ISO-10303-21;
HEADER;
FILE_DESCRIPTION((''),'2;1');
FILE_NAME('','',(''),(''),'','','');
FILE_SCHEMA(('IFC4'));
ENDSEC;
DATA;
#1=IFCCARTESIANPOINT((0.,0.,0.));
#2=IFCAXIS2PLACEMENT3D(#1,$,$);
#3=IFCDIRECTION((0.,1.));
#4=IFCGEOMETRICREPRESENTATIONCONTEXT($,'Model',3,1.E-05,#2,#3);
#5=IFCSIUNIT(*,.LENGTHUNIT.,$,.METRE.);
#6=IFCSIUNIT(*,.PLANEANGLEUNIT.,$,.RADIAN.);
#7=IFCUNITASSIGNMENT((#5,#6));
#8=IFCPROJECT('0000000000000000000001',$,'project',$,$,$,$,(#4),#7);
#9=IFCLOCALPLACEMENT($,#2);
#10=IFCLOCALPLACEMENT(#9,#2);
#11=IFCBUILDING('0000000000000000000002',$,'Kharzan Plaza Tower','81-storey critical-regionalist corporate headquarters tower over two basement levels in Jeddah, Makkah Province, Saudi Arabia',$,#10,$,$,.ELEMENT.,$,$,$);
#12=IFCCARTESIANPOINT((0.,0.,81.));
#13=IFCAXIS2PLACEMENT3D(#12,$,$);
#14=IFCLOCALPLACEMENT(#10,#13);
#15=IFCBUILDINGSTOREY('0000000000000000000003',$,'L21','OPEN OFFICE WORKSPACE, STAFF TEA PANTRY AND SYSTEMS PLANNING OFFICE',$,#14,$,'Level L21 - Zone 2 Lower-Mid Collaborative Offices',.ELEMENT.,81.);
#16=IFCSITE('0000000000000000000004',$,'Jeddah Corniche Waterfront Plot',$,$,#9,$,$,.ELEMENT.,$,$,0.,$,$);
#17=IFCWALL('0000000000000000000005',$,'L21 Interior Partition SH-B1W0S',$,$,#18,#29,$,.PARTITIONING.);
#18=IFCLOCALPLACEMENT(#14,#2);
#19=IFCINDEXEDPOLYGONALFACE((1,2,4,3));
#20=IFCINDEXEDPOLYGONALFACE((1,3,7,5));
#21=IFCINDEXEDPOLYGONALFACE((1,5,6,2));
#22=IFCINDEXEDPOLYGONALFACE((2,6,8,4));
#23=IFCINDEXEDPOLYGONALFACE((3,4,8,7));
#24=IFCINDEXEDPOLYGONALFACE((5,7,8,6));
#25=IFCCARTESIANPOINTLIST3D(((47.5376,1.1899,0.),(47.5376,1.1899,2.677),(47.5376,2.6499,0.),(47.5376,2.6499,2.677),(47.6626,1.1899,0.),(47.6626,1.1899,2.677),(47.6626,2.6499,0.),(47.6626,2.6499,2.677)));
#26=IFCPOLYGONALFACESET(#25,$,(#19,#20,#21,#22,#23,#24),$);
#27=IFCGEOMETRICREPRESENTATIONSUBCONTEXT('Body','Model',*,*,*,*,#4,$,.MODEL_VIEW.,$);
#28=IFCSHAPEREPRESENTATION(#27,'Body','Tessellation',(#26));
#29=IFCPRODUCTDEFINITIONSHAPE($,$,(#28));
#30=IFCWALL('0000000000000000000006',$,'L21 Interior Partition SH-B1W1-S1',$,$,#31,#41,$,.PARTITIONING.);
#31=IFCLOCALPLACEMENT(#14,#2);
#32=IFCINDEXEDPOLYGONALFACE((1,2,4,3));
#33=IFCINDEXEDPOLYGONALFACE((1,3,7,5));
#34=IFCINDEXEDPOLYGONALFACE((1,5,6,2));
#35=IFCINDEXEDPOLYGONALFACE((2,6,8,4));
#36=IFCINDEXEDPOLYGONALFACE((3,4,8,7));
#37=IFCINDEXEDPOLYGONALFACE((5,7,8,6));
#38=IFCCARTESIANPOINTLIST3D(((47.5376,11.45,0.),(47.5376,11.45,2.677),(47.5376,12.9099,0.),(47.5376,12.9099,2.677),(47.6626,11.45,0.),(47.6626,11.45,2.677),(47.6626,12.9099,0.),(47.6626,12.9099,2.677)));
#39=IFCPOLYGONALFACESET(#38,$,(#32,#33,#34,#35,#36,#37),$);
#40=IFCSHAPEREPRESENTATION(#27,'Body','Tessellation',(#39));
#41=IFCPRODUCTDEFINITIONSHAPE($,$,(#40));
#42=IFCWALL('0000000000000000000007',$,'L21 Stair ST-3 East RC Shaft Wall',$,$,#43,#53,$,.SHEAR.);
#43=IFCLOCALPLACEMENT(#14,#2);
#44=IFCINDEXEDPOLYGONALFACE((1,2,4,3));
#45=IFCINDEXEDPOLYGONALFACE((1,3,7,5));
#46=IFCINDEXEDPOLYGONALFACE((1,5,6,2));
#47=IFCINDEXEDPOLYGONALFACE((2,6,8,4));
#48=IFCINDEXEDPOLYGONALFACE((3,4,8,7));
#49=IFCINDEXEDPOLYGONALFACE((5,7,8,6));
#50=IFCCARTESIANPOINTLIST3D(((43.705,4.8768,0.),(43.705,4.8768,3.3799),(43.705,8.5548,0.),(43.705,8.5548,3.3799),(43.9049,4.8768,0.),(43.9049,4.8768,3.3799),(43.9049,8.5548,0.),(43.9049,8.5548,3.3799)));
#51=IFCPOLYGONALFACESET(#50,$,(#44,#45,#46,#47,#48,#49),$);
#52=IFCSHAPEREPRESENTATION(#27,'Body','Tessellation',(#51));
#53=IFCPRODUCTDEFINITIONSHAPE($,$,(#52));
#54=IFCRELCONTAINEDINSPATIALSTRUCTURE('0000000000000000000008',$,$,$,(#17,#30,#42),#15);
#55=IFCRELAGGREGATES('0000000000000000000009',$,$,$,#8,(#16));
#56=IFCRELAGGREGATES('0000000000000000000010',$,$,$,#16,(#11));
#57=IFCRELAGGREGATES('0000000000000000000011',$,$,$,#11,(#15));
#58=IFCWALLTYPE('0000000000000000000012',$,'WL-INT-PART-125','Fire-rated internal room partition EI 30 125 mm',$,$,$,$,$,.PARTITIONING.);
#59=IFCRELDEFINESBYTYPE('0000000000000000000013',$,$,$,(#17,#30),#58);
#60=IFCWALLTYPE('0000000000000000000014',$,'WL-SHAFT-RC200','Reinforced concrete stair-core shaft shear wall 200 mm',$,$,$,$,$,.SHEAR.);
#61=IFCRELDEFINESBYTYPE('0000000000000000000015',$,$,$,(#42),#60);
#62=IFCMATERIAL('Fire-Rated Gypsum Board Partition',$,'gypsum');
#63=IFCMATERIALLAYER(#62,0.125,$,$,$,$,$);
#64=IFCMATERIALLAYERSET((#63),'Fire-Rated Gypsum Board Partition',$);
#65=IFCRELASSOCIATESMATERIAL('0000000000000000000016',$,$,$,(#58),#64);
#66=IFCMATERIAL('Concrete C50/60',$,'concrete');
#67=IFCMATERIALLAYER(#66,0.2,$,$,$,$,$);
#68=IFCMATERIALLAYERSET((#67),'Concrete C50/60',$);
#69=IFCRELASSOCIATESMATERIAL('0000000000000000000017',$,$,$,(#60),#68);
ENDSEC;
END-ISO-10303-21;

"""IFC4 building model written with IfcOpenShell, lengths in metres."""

from ifc_helpers import new_model, si_unit, direction, frame, frame_2d, origin, place, context, subcontext, project, spatial, rectangle, extrude, source, transform, mapped, material, layer, layer_set, type_object, element, save


model = new_model("IFC4")

# Units and contexts
model_context = context("Model", 3, precision=1e-05, world=origin(), true_north=direction((0.0, 1.0)))
body_context = subcontext(model_context, "Body", "Model", "MODEL_VIEW")
ifc_project = project(units=[si_unit("LENGTHUNIT", "METRE"), si_unit("PLANEANGLEUNIT", "RADIAN")], contexts=[model_context])

# Site, building, storey
site_placement = place(None, origin())
site = spatial("IfcSite", under=ifc_project, at=site_placement, Name="Jeddah Corniche Waterfront Plot", CompositionType="ELEMENT", RefElevation=0.0)
building_placement = place(site_placement, origin())
building = spatial("IfcBuilding", under=site, at=building_placement, Name="Kharzan Plaza Tower", Description="81-storey critical-regionalist corporate headquarters tower over two basement levels in Jeddah, Makkah Province, Saudi Arabia", CompositionType="ELEMENT")
storey_placement = place(building_placement, frame((0.0, 0.0, 81.0)))
storey = spatial("IfcBuildingStorey", under=building, at=storey_placement, Name="L21", Description="OPEN OFFICE WORKSPACE, STAFF TEA PANTRY AND SYSTEMS PLANNING OFFICE", LongName="Level L21 - Zone 2 Lower-Mid Collaborative Offices", CompositionType="ELEMENT", Elevation=81.0)

# Shared definitions
ifc_material_1 = material(Name="Concrete C50/60", Category="concrete")

# Shared definitions
ifc_material_2 = material(Name="Fire-Rated Gypsum Board Partition", Category="gypsum")
ifc_layer_1 = layer(ifc_material_2, 0.125)
ifc_layer_set_1 = layer_set([ifc_layer_1], Name="Fire-Rated Gypsum Board Partition")
wall_type_1 = type_object("IfcWallType", Name="WL-INT-PART-125", Description="Fire-rated internal room partition EI 30 125 mm", PredefinedType="PARTITIONING", material=ifc_layer_set_1)

# Walls
shared_shape_1 = source(origin(), body_context, "Body", "SweptSolid", [
    extrude(rectangle(XDim=1.46, YDim=0.125, at=frame_2d((0.73, 0.0))), origin(), (0.0, 0.0, 1.0), 2.677),
])
for number, where, z_axis, x_axis, name in (
    (1, (47.6001, 1.1899, 0.0), (0.0, 0.0, 1.0), (0.0, 1.0, 0.0), "L21 Interior Partition SH-B1W0S"),
    (2, (47.6001, 11.45, 0.0), (0.0, 0.0, 1.0), (0.0, 1.0, 0.0), "L21 Interior Partition SH-B1W1-S1"),
):
    element("IfcWall", number, at=place(storey_placement, frame(where, z_axis=z_axis, x_axis=x_axis)), inside=storey, type_object=wall_type_1, Name=name, PredefinedType="PARTITIONING", context=body_context, shape_type="MappedRepresentation", body=[
        mapped(shared_shape_1, transform((0.0, 0.0, 0.0), x_axis=(1.0, 0.0, 0.0), y_axis=(0.0, 1.0, 0.0), z_axis=(0.0, 0.0, 1.0))),
    ])
ifc_layer_2 = layer(ifc_material_1, 0.2)
ifc_layer_set_2 = layer_set([ifc_layer_2], Name="Concrete C50/60")
wall_type_2 = type_object("IfcWallType", Name="WL-SHAFT-RC200", Description="Reinforced concrete stair-core shaft shear wall 200 mm", PredefinedType="SHEAR", material=ifc_layer_set_2)
shared_shape_2 = source(origin(), body_context, "Body", "SweptSolid", [
    extrude(rectangle(XDim=3.678, YDim=0.2, at=frame_2d((1.8389, 0.0))), origin(), (0.0, 0.0, 1.0), 3.3799),
])
wall_1_placement = place(storey_placement, frame((43.8049, 4.877, 0.0), z_axis=(0.0, 0.0, 1.0), x_axis=(0.0, 1.0, 0.0)))
element("IfcWall", 3, at=wall_1_placement, inside=storey, type_object=wall_type_2, Name="L21 Stair ST-3 East RC Shaft Wall", PredefinedType="SHEAR", context=body_context, shape_type="MappedRepresentation", body=[
    mapped(shared_shape_2, transform((0.0, 0.0, 0.0), x_axis=(1.0, 0.0, 0.0), y_axis=(0.0, 1.0, 0.0), z_axis=(0.0, 0.0, 1.0))),
])

save(model, "model.ifc")
